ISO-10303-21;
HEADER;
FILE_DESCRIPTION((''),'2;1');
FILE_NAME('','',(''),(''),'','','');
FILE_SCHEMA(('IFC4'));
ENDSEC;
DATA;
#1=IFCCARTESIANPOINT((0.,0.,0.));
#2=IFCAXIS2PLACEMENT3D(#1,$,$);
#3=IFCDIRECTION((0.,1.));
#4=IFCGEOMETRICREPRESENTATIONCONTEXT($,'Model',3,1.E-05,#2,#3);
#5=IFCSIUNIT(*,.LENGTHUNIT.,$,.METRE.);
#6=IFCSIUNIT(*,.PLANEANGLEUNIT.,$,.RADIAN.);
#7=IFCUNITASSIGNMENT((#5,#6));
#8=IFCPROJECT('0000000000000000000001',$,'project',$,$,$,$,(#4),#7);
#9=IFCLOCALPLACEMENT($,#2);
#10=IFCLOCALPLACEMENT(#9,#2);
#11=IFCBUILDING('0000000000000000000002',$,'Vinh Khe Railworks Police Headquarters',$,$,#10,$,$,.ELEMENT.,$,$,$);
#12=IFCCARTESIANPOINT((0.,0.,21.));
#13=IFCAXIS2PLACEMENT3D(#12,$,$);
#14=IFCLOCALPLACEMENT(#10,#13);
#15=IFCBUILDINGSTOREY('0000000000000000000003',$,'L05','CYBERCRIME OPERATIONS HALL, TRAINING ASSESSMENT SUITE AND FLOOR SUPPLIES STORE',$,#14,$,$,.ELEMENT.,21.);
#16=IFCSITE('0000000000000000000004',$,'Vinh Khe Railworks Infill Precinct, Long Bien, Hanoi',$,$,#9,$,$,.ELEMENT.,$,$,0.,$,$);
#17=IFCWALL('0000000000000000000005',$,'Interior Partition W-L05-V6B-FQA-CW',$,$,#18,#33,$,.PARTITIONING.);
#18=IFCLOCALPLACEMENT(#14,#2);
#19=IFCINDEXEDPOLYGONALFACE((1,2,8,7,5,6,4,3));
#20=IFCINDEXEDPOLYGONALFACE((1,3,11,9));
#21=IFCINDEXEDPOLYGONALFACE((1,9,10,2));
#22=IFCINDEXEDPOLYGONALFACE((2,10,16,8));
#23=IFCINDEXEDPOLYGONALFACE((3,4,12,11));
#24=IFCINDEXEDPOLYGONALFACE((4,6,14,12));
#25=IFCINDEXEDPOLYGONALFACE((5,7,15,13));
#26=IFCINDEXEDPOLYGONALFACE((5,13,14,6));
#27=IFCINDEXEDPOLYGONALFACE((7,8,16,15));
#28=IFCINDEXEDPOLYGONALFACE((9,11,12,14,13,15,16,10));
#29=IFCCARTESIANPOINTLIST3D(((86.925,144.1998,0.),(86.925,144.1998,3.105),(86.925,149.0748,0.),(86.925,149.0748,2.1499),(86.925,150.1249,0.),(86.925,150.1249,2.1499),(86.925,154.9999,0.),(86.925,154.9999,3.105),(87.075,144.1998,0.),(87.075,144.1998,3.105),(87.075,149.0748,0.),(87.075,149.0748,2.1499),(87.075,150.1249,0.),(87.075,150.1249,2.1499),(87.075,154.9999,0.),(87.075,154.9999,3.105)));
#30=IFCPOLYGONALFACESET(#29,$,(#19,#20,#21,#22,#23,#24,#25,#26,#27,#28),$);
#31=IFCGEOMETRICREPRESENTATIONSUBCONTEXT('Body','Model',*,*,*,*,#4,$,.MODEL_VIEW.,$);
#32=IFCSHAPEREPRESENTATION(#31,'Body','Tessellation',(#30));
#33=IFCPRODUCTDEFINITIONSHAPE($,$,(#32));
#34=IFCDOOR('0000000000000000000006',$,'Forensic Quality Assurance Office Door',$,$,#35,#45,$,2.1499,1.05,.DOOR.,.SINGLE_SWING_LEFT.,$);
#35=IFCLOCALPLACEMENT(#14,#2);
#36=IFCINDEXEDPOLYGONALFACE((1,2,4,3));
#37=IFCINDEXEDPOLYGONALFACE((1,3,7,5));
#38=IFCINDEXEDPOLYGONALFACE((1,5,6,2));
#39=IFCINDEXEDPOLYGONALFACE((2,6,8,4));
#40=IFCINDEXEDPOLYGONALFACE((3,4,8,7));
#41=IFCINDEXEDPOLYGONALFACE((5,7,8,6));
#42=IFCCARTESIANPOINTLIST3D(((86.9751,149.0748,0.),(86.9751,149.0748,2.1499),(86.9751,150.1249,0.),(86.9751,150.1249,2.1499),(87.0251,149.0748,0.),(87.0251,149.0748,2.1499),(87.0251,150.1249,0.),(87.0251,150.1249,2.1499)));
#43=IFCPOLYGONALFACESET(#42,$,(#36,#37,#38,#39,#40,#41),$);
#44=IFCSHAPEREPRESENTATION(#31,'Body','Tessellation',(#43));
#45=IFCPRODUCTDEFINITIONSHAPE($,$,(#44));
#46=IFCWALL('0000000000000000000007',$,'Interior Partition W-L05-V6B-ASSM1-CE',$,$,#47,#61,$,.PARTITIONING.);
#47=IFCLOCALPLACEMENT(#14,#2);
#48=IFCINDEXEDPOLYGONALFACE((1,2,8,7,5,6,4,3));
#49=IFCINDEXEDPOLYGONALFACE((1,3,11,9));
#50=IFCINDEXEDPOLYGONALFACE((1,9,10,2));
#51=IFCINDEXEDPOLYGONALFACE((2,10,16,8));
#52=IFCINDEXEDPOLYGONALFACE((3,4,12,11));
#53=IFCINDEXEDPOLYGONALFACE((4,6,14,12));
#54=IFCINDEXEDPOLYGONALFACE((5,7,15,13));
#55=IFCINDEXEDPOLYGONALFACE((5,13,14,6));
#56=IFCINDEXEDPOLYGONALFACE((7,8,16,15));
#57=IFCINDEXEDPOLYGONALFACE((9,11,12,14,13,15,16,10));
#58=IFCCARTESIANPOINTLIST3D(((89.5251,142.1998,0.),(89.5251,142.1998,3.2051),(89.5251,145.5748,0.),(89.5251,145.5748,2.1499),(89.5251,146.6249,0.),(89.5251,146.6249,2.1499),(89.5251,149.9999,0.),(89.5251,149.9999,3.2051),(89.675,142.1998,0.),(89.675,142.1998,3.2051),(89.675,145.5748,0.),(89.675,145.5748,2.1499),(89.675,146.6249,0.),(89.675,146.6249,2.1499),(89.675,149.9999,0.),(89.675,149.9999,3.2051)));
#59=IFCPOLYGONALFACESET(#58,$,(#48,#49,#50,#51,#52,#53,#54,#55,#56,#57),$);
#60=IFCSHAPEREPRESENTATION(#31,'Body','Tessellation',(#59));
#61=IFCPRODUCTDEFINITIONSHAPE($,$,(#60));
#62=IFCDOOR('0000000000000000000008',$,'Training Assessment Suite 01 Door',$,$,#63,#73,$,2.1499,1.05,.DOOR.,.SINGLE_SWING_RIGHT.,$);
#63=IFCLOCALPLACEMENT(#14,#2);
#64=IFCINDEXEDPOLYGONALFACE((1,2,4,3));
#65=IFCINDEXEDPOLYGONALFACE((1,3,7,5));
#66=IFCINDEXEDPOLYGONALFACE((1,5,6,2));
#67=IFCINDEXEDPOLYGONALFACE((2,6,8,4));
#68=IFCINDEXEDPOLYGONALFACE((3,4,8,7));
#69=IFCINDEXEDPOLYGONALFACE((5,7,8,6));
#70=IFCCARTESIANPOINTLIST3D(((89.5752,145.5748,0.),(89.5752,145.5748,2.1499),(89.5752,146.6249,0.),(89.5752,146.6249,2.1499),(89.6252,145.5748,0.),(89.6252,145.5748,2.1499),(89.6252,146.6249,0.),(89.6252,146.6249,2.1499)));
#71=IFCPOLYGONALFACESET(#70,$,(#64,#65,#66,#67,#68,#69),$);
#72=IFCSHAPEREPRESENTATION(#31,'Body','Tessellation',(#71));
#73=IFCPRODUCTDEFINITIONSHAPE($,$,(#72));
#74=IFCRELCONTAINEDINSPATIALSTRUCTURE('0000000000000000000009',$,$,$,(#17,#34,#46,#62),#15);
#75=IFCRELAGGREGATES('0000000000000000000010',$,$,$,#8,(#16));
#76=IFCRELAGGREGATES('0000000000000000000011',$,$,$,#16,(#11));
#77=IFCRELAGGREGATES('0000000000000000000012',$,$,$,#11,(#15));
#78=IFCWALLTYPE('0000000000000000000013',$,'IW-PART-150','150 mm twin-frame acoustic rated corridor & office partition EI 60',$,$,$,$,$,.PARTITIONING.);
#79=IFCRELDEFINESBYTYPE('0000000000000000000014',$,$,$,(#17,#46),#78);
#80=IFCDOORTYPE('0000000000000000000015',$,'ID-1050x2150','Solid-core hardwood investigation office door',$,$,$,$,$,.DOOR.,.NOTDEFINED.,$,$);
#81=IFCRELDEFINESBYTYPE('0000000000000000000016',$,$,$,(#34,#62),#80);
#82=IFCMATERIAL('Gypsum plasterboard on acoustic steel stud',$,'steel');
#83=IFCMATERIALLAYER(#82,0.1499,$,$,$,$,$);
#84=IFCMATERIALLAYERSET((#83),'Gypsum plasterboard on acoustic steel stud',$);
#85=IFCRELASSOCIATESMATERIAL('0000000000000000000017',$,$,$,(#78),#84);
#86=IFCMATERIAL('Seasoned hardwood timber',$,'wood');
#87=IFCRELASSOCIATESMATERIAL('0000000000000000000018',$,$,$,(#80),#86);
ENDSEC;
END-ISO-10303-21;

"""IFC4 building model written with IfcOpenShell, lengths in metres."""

from ifc_helpers import new_model, si_unit, direction, frame, frame_2d, origin, place, context, subcontext, project, spatial, rectangle, extrude, material, layer, layer_set, type_object, element, fill, save


model = new_model("IFC4")

# Units and contexts
model_context = context("Model", 3, precision=1e-05, world=origin(), true_north=direction((0.0, 1.0)))
body_context = subcontext(model_context, "Body", "Model", "MODEL_VIEW")
ifc_project = project(units=[si_unit("LENGTHUNIT", "METRE"), si_unit("PLANEANGLEUNIT", "RADIAN")], contexts=[model_context])

# Site, building, storey
site_placement = place(None, origin())
site = spatial("IfcSite", under=ifc_project, at=site_placement, Name="Vinh Khe Railworks Infill Precinct, Long Bien, Hanoi", CompositionType="ELEMENT", RefElevation=0.0)
building_placement = place(site_placement, origin())
building = spatial("IfcBuilding", under=site, at=building_placement, Name="Vinh Khe Railworks Police Headquarters", CompositionType="ELEMENT")
storey_placement = place(building_placement, frame((0.0, 0.0, 21.0)))
storey = spatial("IfcBuildingStorey", under=building, at=storey_placement, Name="L05", Description="CYBERCRIME OPERATIONS HALL, TRAINING ASSESSMENT SUITE AND FLOOR SUPPLIES STORE", CompositionType="ELEMENT", Elevation=21.0)

# Walls, openings, doors
ifc_material_1 = material(Name="Gypsum plasterboard on acoustic steel stud", Category="steel")
ifc_layer_1 = layer(ifc_material_1, 0.1499)
ifc_layer_set_1 = layer_set([ifc_layer_1], Name="Gypsum plasterboard on acoustic steel stud")
wall_type_1 = type_object("IfcWallType", Name="IW-PART-150", Description="150 mm twin-frame acoustic rated corridor & office partition EI 60", PredefinedType="PARTITIONING", material=ifc_layer_set_1)
wall_1_placement = place(storey_placement, frame((87.0, 144.2, 0.0), z_axis=(0.0, 0.0, 1.0), x_axis=(0.0, 1.0, 0.0)))
wall_1 = element("IfcWall", 1, at=wall_1_placement, inside=storey, type_object=wall_type_1, Name="Interior Partition W-L05-V6B-FQA-CW", PredefinedType="PARTITIONING", context=body_context, shape_type="SweptSolid", body=[
    extrude(rectangle(XDim=10.8, YDim=0.1499, at=frame_2d((5.3999, 0.0))), origin(), (0.0, 0.0, 1.0), 3.105),
])
opening_1_placement = place(wall_1_placement, frame((4.875, 0.0, 0.0)))
opening_1 = element("IfcOpeningElement", 2, at=opening_1_placement, cuts=wall_1, PredefinedType="OPENING", context=body_context, shape_type="SweptSolid", body=[
    extrude(rectangle(XDim=1.05, YDim=2.1499, at=frame_2d((0.5249, 1.075))), frame((0.0, 0.0898, 0.0), z_axis=(0.0, -1.0, 0.0), x_axis=(1.0, 0.0, 0.0)), (0.0, 0.0, 1.0), 0.1797),
])
ifc_material_2 = material(Name="Seasoned hardwood timber", Category="wood")
door_type = type_object("IfcDoorType", Name="ID-1050x2150", Description="Solid-core hardwood investigation office door", OperationType="NOTDEFINED", PredefinedType="DOOR", material=ifc_material_2)
door_1_placement = place(opening_1_placement, origin())
door_1 = element("IfcDoor", 3, at=door_1_placement, inside=storey, type_object=door_type, Name="Forensic Quality Assurance Office Door", OperationType="SINGLE_SWING_LEFT", OverallHeight=2.1499, OverallWidth=1.05, PredefinedType="DOOR", context=body_context, shape_type="SweptSolid", body=[
    extrude(rectangle(XDim=1.05, YDim=2.1499, at=frame_2d((0.5249, 1.075))), frame((0.0, 0.0249, 0.0), z_axis=(0.0, -1.0, 0.0), x_axis=(1.0, 0.0, 0.0)), (0.0, 0.0, 1.0), 0.05),
])
fill(opening_1, door_1)
wall_2_placement = place(storey_placement, frame((89.6001, 142.2, 0.0), z_axis=(0.0, 0.0, 1.0), x_axis=(0.0, 1.0, 0.0)))
wall_2 = element("IfcWall", 4, at=wall_2_placement, inside=storey, type_object=wall_type_1, Name="Interior Partition W-L05-V6B-ASSM1-CE", PredefinedType="PARTITIONING", context=body_context, shape_type="SweptSolid", body=[
    extrude(rectangle(XDim=7.8, YDim=0.1499, at=frame_2d((3.8999, 0.0))), origin(), (0.0, 0.0, 1.0), 3.2051),
])
opening_2_placement = place(wall_2_placement, frame((3.375, 0.0, 0.0)))
opening_2 = element("IfcOpeningElement", 5, at=opening_2_placement, cuts=wall_2, PredefinedType="OPENING", context=body_context, shape_type="SweptSolid", body=[
    extrude(rectangle(XDim=1.05, YDim=2.1499, at=frame_2d((0.5249, 1.075))), frame((0.0, 0.0898, 0.0), z_axis=(0.0, -1.0, 0.0), x_axis=(1.0, 0.0, 0.0)), (0.0, 0.0, 1.0), 0.1797),
])
door_2_placement = place(opening_2_placement, origin())
door_2 = element("IfcDoor", 6, at=door_2_placement, inside=storey, type_object=door_type, Name="Training Assessment Suite 01 Door", OperationType="SINGLE_SWING_RIGHT", OverallHeight=2.1499, OverallWidth=1.05, PredefinedType="DOOR", context=body_context, shape_type="SweptSolid", body=[
    extrude(rectangle(XDim=1.05, YDim=2.1499, at=frame_2d((0.5249, 1.075))), frame((0.0, 0.0249, 0.0), z_axis=(0.0, -1.0, 0.0), x_axis=(1.0, 0.0, 0.0)), (0.0, 0.0, 1.0), 0.05),
])
fill(opening_2, door_2)

save(model, "model.ifc")
